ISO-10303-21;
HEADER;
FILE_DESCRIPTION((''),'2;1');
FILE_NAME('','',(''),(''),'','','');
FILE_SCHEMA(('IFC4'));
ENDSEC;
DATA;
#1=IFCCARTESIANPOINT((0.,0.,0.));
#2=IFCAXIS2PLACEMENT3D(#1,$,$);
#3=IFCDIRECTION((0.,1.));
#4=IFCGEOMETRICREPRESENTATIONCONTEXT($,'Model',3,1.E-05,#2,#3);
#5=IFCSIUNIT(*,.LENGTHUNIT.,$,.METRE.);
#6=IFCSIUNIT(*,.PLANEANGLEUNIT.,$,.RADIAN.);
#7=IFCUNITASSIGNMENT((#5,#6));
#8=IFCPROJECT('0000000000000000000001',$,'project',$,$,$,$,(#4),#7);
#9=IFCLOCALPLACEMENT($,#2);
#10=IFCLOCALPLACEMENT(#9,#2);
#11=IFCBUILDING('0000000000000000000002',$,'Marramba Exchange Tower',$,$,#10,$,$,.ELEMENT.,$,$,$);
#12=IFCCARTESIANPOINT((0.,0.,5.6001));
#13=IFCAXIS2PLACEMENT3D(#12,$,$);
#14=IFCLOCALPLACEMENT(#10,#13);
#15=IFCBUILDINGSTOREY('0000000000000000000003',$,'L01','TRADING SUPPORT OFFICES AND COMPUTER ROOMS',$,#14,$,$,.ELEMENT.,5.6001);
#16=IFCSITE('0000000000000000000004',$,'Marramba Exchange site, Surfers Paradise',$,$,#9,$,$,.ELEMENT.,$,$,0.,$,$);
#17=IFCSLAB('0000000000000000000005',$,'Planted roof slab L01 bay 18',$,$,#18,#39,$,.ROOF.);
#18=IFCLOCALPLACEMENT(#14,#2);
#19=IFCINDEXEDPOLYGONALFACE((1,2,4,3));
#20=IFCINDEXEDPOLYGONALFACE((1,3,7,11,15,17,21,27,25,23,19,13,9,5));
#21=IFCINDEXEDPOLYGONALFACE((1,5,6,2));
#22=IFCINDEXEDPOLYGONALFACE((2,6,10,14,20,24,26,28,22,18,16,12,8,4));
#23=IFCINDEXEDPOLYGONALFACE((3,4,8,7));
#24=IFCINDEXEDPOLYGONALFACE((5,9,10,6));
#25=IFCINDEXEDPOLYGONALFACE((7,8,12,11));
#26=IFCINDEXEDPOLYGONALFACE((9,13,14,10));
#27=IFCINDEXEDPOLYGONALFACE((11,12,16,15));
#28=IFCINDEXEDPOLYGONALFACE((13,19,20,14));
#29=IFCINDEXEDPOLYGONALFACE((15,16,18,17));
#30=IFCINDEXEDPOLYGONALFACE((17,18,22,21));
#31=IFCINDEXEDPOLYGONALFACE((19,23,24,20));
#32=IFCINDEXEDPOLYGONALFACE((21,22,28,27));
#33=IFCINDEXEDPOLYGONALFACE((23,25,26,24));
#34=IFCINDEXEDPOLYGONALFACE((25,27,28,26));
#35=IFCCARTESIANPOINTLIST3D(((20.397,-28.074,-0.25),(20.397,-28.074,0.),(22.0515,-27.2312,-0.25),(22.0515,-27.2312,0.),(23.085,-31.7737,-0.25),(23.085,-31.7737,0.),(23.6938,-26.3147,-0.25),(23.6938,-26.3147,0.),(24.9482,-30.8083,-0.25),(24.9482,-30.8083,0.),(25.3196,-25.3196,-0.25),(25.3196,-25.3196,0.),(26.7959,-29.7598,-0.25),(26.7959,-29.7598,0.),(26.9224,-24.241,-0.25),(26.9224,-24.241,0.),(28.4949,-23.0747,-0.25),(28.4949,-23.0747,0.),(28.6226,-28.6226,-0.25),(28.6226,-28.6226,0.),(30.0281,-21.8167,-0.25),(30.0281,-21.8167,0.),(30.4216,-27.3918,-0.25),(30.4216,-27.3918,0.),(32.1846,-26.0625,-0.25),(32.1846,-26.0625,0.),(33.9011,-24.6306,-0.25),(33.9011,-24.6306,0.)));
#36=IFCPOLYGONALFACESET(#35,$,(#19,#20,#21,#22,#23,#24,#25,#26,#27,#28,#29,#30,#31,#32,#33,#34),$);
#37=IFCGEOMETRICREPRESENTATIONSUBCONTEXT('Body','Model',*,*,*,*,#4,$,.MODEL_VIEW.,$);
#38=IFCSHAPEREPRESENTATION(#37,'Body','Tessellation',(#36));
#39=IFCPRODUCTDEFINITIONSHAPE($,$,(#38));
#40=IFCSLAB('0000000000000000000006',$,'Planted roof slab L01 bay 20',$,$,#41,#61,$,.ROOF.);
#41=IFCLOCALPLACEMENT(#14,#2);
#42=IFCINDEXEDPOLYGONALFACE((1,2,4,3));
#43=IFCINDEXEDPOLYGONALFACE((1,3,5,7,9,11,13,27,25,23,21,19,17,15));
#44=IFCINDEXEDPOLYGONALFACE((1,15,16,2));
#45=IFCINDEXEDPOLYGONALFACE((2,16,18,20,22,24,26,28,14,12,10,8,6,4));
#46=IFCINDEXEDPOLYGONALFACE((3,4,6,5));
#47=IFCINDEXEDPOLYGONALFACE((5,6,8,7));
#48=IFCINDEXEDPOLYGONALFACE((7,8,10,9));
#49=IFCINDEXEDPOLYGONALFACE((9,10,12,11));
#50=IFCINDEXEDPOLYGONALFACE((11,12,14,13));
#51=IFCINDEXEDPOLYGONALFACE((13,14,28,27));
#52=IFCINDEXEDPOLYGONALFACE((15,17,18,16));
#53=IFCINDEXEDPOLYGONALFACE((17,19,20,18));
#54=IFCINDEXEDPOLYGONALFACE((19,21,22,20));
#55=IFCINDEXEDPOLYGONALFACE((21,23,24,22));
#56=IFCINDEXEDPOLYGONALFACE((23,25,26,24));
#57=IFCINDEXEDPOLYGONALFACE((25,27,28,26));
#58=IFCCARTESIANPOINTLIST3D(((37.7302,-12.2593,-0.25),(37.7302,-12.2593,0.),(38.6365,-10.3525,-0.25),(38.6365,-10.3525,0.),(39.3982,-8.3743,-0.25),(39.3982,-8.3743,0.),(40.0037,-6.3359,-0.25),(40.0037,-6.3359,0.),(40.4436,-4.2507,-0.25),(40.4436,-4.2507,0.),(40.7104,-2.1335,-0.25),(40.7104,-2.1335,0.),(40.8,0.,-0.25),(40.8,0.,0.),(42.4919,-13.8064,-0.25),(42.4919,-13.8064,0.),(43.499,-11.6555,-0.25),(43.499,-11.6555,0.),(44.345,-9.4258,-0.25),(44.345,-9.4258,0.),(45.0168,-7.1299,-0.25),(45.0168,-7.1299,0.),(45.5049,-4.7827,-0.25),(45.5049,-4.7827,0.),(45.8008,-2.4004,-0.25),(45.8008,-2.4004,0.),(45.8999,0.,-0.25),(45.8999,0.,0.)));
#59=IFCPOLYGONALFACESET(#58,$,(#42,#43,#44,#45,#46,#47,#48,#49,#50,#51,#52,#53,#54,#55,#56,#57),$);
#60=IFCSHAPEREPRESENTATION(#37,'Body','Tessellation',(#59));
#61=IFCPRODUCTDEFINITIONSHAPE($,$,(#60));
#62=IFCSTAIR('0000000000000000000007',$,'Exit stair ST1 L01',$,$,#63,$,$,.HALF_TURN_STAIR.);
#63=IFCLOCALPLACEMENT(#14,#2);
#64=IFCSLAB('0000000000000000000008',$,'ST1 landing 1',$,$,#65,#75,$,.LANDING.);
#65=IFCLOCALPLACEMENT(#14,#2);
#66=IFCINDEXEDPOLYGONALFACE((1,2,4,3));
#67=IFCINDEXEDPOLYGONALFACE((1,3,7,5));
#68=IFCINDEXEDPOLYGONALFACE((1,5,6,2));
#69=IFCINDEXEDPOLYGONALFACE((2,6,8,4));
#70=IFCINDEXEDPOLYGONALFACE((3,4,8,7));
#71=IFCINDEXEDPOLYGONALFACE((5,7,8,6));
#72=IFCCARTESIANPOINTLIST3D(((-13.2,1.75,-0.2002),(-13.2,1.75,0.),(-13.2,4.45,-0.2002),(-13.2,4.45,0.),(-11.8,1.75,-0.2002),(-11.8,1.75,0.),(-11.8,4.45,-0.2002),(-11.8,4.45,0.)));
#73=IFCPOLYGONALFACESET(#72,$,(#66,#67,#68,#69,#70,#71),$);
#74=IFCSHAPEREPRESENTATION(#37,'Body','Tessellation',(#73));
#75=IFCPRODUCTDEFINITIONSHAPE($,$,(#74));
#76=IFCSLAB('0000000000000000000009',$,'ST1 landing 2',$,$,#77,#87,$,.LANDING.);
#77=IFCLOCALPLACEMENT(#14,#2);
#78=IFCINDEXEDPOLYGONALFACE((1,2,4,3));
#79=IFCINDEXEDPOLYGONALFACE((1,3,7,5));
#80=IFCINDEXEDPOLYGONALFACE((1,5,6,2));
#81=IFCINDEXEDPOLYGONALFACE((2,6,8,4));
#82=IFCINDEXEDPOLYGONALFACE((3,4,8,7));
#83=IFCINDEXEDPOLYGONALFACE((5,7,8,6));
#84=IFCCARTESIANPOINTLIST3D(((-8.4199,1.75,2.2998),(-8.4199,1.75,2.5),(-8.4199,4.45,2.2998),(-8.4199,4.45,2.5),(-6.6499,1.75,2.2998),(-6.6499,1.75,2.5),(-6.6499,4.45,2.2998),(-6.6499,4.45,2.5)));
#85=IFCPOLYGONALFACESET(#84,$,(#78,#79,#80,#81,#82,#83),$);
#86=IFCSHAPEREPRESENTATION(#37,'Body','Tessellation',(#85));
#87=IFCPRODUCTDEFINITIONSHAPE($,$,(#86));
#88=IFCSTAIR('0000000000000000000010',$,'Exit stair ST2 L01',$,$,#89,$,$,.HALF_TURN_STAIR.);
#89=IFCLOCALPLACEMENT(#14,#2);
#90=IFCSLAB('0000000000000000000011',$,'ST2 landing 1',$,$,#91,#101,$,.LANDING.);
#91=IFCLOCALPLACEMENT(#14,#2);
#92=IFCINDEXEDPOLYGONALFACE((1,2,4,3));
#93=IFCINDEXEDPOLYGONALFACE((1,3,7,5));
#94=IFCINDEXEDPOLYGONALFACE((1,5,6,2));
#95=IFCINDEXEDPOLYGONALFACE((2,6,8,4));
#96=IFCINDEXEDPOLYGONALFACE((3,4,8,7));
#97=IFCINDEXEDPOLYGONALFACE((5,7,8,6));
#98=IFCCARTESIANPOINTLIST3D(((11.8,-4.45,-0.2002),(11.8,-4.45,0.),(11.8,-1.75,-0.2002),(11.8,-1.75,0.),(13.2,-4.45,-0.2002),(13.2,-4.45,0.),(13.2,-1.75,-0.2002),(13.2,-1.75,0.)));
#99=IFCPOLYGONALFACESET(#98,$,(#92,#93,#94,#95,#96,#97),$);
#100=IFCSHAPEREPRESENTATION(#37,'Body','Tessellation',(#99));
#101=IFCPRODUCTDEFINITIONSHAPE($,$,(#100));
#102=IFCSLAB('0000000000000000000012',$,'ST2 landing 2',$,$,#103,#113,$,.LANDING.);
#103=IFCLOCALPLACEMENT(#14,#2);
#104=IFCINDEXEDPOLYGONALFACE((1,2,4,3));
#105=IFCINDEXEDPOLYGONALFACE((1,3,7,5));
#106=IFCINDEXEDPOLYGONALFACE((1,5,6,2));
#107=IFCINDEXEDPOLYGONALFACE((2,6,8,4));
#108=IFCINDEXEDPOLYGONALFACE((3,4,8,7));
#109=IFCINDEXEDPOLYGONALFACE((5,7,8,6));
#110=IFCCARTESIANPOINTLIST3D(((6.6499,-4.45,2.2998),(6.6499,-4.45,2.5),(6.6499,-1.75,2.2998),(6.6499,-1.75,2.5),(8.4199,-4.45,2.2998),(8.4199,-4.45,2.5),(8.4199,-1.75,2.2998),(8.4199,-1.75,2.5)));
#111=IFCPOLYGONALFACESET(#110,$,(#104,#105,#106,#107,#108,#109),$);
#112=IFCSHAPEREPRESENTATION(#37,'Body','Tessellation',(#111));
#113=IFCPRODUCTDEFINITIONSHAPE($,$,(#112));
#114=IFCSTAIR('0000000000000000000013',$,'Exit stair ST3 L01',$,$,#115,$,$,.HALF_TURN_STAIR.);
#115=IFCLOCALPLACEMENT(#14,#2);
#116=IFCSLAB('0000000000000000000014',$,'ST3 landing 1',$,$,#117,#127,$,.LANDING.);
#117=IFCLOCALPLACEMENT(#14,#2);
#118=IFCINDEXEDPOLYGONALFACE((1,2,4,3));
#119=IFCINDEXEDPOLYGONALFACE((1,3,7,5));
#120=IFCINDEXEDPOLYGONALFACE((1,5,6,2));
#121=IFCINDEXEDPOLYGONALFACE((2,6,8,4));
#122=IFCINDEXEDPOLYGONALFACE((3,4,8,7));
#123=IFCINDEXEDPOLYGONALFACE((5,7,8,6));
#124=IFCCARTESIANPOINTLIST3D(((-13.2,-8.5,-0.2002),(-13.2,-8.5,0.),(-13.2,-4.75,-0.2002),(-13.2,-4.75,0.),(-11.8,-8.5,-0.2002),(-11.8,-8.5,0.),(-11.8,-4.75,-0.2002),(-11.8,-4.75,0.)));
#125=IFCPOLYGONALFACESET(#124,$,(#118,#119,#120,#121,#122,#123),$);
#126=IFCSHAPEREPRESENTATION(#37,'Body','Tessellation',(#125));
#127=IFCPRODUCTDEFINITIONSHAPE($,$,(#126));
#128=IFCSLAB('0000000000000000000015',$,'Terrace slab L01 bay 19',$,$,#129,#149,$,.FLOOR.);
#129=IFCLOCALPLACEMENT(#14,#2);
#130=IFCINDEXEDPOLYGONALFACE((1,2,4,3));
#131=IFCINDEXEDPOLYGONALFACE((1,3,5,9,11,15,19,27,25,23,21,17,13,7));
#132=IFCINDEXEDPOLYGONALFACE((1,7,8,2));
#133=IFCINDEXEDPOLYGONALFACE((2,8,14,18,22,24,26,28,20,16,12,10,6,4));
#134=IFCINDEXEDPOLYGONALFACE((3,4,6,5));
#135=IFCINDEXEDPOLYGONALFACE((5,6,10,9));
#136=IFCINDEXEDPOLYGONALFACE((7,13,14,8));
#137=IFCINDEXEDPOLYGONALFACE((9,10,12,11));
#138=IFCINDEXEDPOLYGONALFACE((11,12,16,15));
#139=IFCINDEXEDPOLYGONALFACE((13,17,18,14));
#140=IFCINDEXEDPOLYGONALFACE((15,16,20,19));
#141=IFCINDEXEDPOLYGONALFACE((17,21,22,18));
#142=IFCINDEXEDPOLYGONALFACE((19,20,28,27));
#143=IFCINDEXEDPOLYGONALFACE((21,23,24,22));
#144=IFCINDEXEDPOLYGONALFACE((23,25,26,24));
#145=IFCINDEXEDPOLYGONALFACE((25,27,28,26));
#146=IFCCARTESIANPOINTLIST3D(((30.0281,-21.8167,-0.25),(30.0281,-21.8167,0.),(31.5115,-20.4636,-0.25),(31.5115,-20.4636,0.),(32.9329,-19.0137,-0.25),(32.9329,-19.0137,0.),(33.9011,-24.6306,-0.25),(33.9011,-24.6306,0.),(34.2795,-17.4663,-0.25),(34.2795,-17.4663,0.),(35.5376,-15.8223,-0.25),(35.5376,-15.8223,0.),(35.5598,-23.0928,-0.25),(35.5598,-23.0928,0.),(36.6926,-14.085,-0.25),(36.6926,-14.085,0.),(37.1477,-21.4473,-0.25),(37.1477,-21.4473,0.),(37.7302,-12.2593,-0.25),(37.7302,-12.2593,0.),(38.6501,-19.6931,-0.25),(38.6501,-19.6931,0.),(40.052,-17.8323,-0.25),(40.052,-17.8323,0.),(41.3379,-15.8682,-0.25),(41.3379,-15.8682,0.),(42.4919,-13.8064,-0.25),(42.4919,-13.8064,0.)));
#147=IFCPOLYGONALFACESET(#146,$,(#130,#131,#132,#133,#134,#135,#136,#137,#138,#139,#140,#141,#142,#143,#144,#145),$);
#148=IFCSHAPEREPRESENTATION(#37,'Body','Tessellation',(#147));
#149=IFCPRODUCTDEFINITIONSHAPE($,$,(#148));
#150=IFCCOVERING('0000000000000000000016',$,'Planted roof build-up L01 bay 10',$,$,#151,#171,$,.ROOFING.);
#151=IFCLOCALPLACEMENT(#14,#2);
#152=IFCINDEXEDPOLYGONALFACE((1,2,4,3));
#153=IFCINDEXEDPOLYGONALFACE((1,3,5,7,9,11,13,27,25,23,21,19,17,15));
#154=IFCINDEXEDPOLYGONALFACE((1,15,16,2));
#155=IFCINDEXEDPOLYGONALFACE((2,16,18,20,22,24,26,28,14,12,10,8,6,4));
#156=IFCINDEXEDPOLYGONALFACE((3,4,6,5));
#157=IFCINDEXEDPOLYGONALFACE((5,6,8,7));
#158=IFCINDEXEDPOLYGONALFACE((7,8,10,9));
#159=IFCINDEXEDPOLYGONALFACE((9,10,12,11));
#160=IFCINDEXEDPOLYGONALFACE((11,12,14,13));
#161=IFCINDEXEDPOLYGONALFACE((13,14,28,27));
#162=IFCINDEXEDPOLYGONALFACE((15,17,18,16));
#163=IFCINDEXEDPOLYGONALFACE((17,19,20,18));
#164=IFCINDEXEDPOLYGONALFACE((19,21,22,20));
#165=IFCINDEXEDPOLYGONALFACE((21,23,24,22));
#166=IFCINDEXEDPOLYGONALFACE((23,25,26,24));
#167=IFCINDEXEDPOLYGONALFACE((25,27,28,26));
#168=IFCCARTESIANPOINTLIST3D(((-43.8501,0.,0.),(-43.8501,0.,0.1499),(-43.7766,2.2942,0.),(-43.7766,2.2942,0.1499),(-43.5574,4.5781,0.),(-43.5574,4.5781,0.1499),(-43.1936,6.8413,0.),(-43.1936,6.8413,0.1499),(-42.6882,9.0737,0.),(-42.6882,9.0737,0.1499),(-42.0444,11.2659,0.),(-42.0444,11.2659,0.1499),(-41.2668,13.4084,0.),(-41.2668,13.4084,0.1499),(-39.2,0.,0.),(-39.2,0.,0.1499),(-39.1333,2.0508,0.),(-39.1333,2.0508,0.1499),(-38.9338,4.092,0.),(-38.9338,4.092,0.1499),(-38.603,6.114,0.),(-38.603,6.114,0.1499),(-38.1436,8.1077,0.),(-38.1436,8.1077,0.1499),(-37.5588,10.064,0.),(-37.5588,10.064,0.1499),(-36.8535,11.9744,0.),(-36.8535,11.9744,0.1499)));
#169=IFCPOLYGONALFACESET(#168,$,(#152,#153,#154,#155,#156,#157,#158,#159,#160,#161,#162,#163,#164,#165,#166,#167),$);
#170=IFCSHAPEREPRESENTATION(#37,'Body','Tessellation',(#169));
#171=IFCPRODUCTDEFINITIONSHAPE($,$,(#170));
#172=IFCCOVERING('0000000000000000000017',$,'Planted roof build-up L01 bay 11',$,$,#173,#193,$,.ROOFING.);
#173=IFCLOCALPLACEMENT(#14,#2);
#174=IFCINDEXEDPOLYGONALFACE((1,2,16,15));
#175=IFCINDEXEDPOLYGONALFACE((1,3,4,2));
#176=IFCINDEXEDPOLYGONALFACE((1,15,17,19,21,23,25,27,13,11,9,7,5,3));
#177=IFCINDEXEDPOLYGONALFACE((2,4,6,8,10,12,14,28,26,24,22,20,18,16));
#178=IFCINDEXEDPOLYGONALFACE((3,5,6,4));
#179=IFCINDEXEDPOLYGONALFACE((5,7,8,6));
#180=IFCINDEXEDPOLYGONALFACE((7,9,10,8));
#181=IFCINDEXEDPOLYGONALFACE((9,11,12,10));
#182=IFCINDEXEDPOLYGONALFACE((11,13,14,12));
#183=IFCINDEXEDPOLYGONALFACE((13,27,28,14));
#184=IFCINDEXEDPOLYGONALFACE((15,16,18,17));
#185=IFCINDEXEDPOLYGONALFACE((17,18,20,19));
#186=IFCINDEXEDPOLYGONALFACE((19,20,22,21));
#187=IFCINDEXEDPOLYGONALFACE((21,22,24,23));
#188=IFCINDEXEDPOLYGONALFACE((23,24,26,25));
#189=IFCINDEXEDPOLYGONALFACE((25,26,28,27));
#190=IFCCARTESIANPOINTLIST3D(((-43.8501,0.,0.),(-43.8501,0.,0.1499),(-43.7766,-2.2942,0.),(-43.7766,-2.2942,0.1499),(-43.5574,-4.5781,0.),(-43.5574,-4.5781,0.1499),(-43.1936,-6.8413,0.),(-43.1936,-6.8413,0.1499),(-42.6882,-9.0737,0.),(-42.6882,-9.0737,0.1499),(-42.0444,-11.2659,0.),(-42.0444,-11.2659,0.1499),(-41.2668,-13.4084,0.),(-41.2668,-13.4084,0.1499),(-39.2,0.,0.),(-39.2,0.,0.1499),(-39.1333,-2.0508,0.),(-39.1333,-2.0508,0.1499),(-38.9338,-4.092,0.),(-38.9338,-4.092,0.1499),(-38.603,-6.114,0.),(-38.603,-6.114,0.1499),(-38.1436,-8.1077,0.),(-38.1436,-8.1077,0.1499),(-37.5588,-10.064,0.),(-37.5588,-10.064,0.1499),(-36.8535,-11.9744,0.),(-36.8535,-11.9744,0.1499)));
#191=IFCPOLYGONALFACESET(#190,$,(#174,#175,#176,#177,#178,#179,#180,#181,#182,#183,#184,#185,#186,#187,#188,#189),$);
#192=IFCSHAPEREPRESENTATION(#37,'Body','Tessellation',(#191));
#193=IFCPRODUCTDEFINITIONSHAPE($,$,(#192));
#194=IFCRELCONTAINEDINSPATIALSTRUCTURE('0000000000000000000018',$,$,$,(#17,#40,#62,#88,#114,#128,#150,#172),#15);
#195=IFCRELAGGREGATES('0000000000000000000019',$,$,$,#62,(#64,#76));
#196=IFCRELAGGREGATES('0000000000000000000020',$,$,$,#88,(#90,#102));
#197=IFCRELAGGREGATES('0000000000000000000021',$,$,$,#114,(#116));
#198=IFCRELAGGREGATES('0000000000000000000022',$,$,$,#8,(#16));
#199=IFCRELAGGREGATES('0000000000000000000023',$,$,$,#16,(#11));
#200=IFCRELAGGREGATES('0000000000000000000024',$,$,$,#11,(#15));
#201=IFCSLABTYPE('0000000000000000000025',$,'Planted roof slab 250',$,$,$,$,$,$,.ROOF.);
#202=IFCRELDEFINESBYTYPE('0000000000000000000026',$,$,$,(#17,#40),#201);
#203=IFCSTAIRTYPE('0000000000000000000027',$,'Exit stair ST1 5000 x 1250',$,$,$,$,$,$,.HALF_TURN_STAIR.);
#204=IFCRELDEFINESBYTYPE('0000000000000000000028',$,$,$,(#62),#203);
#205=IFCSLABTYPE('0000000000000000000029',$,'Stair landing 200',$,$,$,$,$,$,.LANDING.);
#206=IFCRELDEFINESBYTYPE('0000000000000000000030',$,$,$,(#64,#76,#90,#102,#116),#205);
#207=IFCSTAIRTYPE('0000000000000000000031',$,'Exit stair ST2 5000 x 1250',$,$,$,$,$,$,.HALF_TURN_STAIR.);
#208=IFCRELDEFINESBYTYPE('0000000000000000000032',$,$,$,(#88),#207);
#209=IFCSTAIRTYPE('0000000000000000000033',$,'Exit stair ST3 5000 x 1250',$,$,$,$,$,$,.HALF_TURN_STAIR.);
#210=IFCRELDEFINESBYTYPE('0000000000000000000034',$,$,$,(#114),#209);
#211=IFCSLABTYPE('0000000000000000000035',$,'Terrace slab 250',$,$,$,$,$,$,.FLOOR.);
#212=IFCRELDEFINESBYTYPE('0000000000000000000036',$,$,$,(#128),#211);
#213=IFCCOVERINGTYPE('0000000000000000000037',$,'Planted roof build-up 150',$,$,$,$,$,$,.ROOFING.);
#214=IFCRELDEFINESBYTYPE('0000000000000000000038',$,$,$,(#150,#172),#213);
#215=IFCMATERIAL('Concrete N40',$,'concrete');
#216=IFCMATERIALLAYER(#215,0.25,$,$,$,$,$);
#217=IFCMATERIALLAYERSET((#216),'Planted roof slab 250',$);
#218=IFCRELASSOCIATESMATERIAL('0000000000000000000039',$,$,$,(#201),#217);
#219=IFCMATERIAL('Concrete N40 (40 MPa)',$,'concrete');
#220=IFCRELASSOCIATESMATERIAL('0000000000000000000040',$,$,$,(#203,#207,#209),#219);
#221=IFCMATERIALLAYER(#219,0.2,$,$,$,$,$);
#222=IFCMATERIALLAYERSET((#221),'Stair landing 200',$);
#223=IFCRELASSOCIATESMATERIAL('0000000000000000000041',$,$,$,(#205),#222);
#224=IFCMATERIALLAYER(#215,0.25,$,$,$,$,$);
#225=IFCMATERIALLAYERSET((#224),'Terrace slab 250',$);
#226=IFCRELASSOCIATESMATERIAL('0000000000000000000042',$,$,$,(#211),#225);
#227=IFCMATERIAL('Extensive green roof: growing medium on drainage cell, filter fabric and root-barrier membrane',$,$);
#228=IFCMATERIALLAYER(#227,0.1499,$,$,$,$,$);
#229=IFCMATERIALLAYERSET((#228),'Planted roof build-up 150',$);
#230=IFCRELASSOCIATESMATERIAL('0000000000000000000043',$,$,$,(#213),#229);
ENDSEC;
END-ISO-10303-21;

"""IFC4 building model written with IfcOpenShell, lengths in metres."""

from ifc_helpers import new_model, si_unit, direction, frame, origin, place, context, subcontext, project, spatial, polyline, outline, extrude, material, layer, layer_set, type_object, element, aggregate, save


model = new_model("IFC4")

# Units and contexts
model_context = context("Model", 3, precision=1e-05, world=origin(), true_north=direction((0.0, 1.0)))
body_context = subcontext(model_context, "Body", "Model", "MODEL_VIEW")
ifc_project = project(units=[si_unit("LENGTHUNIT", "METRE"), si_unit("PLANEANGLEUNIT", "RADIAN")], contexts=[model_context])

# Site, building, storey
site_placement = place(None, origin())
site = spatial("IfcSite", under=ifc_project, at=site_placement, Name="Marramba Exchange site, Surfers Paradise", CompositionType="ELEMENT", RefElevation=0.0)
building_placement = place(site_placement, origin())
building = spatial("IfcBuilding", under=site, at=building_placement, Name="Marramba Exchange Tower", CompositionType="ELEMENT")
storey_placement = place(building_placement, frame((0.0, 0.0, 5.6001)))
storey = spatial("IfcBuildingStorey", under=building, at=storey_placement, Name="L01", Description="TRADING SUPPORT OFFICES AND COMPUTER ROOMS", CompositionType="ELEMENT", Elevation=5.6001)

# Slabs
ifc_material_1 = material(Name="Concrete N40", Category="concrete")
ifc_layer_1 = layer(ifc_material_1, 0.25)
ifc_layer_set_1 = layer_set([ifc_layer_1], Name="Planted roof slab 250")
slab_type_1 = type_object("IfcSlabType", Name="Planted roof slab 250", PredefinedType="ROOF", material=ifc_layer_set_1)
slab_1_placement = place(storey_placement, frame((0.0, 0.0, -0.25)))
element("IfcSlab", 1, at=slab_1_placement, inside=storey, type_object=slab_type_1, Name="Planted roof slab L01 bay 18", PredefinedType="ROOF", context=body_context, shape_type="SweptSolid", body=[
    extrude(outline(polyline([(32.1846, -26.0625), (30.4216, -27.3918), (28.6226, -28.6226), (26.7959, -29.7598), (24.9482, -30.8083), (23.085, -31.7737), (20.397, -28.074), (22.0515, -27.2312), (23.6938, -26.3147), (25.3196, -25.3196), (26.9224, -24.241), (28.4949, -23.0747), (30.0281, -21.8167), (33.9011, -24.6306), (32.1846, -26.0625)])), origin(), (0.0, 0.0, 1.0), 0.25),
])
slab_2_placement = place(storey_placement, frame((0.0, 0.0, -0.25)))
element("IfcSlab", 2, at=slab_2_placement, inside=storey, type_object=slab_type_1, Name="Planted roof slab L01 bay 20", PredefinedType="ROOF", context=body_context, shape_type="SweptSolid", body=[
    extrude(outline(polyline([(45.8008, -2.4004), (45.5049, -4.7827), (45.0168, -7.1299), (44.345, -9.4258), (43.499, -11.6555), (42.4919, -13.8064), (37.7302, -12.2593), (38.6365, -10.3525), (39.3982, -8.3743), (40.0037, -6.3359), (40.4436, -4.2507), (40.7104, -2.1335), (40.8, 0.0), (45.8999, 0.0), (45.8008, -2.4004)])), origin(), (0.0, 0.0, 1.0), 0.25),
])

# Stairs, slabs
ifc_material_2 = material(Name="Concrete N40 (40 MPa)", Category="concrete")
stair_type_1 = type_object("IfcStairType", Name="Exit stair ST1 5000 x 1250", PredefinedType="HALF_TURN_STAIR", material=ifc_material_2)
stair_1_placement = place(storey_placement, origin())
stair_1 = element("IfcStair", 3, at=stair_1_placement, inside=storey, type_object=stair_type_1, Name="Exit stair ST1 L01", PredefinedType="HALF_TURN_STAIR")
ifc_layer_2 = layer(ifc_material_2, 0.2)
ifc_layer_set_2 = layer_set([ifc_layer_2], Name="Stair landing 200")
slab_type_2 = type_object("IfcSlabType", Name="Stair landing 200", PredefinedType="LANDING", material=ifc_layer_set_2)
slab_3_placement = place(storey_placement, frame((0.0, 0.0, -0.2002)))
slab_3 = element("IfcSlab", 4, at=slab_3_placement, type_object=slab_type_2, Name="ST1 landing 1", PredefinedType="LANDING", context=body_context, shape_type="SweptSolid", body=[
    extrude(outline(polyline([(-13.2, 1.75), (-11.8, 1.75), (-11.8, 4.45), (-13.2, 4.45), (-13.2, 1.75)])), origin(), (0.0, 0.0, 1.0), 0.2002),
])
slab_4_placement = place(storey_placement, frame((0.0, 0.0, 2.2998)))
slab_4 = element("IfcSlab", 5, at=slab_4_placement, type_object=slab_type_2, Name="ST1 landing 2", PredefinedType="LANDING", context=body_context, shape_type="SweptSolid", body=[
    extrude(outline(polyline([(-8.4199, 1.75), (-6.6499, 1.75), (-6.6499, 4.45), (-8.4199, 4.45), (-8.4199, 1.75)])), origin(), (0.0, 0.0, 1.0), 0.2002),
])
aggregate(stair_1, [slab_3, slab_4])
stair_type_2 = type_object("IfcStairType", Name="Exit stair ST2 5000 x 1250", PredefinedType="HALF_TURN_STAIR", material=ifc_material_2)
stair_2_placement = place(storey_placement, origin())
stair_2 = element("IfcStair", 6, at=stair_2_placement, inside=storey, type_object=stair_type_2, Name="Exit stair ST2 L01", PredefinedType="HALF_TURN_STAIR")
slab_5_placement = place(storey_placement, frame((0.0, 0.0, -0.2002)))
slab_5 = element("IfcSlab", 7, at=slab_5_placement, type_object=slab_type_2, Name="ST2 landing 1", PredefinedType="LANDING", context=body_context, shape_type="SweptSolid", body=[
    extrude(outline(polyline([(11.8, -4.45), (13.2, -4.45), (13.2, -1.75), (11.8, -1.75), (11.8, -4.45)])), origin(), (0.0, 0.0, 1.0), 0.2002),
])
slab_6_placement = place(storey_placement, frame((0.0, 0.0, 2.2998)))
slab_6 = element("IfcSlab", 8, at=slab_6_placement, type_object=slab_type_2, Name="ST2 landing 2", PredefinedType="LANDING", context=body_context, shape_type="SweptSolid", body=[
    extrude(outline(polyline([(6.6499, -4.45), (8.4199, -4.45), (8.4199, -1.75), (6.6499, -1.75), (6.6499, -4.45)])), origin(), (0.0, 0.0, 1.0), 0.2002),
])
aggregate(stair_2, [slab_5, slab_6])

# Stair, slab
stair_type_3 = type_object("IfcStairType", Name="Exit stair ST3 5000 x 1250", PredefinedType="HALF_TURN_STAIR", material=ifc_material_2)
stair_3_placement = place(storey_placement, origin())
stair_3 = element("IfcStair", 9, at=stair_3_placement, inside=storey, type_object=stair_type_3, Name="Exit stair ST3 L01", PredefinedType="HALF_TURN_STAIR")
slab_7_placement = place(storey_placement, frame((0.0, 0.0, -0.2002)))
slab_7 = element("IfcSlab", 10, at=slab_7_placement, type_object=slab_type_2, Name="ST3 landing 1", PredefinedType="LANDING", context=body_context, shape_type="SweptSolid", body=[
    extrude(outline(polyline([(-13.2, -8.5), (-11.8, -8.5), (-11.8, -4.75), (-13.2, -4.75), (-13.2, -8.5)])), origin(), (0.0, 0.0, 1.0), 0.2002),
])
aggregate(stair_3, [slab_7])

# Slab
ifc_layer_3 = layer(ifc_material_1, 0.25)
ifc_layer_set_3 = layer_set([ifc_layer_3], Name="Terrace slab 250")
slab_type_3 = type_object("IfcSlabType", Name="Terrace slab 250", PredefinedType="FLOOR", material=ifc_layer_set_3)
slab_8_placement = place(storey_placement, frame((0.0, 0.0, -0.25)))
element("IfcSlab", 11, at=slab_8_placement, inside=storey, type_object=slab_type_3, Name="Terrace slab L01 bay 19", PredefinedType="FLOOR", context=body_context, shape_type="SweptSolid", body=[
    extrude(outline(polyline([(42.4919, -13.8064), (41.3379, -15.8682), (40.052, -17.8323), (38.6501, -19.6931), (37.1477, -21.4473), (35.5598, -23.0928), (33.9011, -24.6306), (30.0281, -21.8167), (31.5115, -20.4636), (32.9329, -19.0137), (34.2795, -17.4663), (35.5376, -15.8223), (36.6926, -14.085), (37.7302, -12.2593), (42.4919, -13.8064)])), origin(), (0.0, 0.0, 1.0), 0.25),
])

# Coverings
ifc_material_3 = material(Name="Extensive green roof: growing medium on drainage cell, filter fabric and root-barrier membrane")
ifc_layer_4 = layer(ifc_material_3, 0.1499)
ifc_layer_set_4 = layer_set([ifc_layer_4], Name="Planted roof build-up 150")
covering_type = type_object("IfcCoveringType", Name="Planted roof build-up 150", PredefinedType="ROOFING", material=ifc_layer_set_4)
covering_1_placement = place(storey_placement, origin())
element("IfcCovering", 12, at=covering_1_placement, inside=storey, type_object=covering_type, Name="Planted roof build-up L01 bay 10", PredefinedType="ROOFING", context=body_context, shape_type="SweptSolid", body=[
    extrude(outline(polyline([(-36.8535, 11.9744), (-37.5588, 10.064), (-38.1436, 8.1077), (-38.603, 6.114), (-38.9338, 4.092), (-39.1333, 2.0508), (-39.2, 0.0), (-43.8501, 0.0), (-43.7766, 2.2942), (-43.5574, 4.5781), (-43.1936, 6.8413), (-42.6882, 9.0737), (-42.0444, 11.2659), (-41.2668, 13.4084), (-36.8535, 11.9744)])), origin(), (0.0, 0.0, 1.0), 0.1499),
])
covering_2_placement = place(storey_placement, origin())
element("IfcCovering", 13, at=covering_2_placement, inside=storey, type_object=covering_type, Name="Planted roof build-up L01 bay 11", PredefinedType="ROOFING", context=body_context, shape_type="SweptSolid", body=[
    extrude(outline(polyline([(-39.2, 0.0), (-39.1333, -2.0508), (-38.9338, -4.092), (-38.603, -6.114), (-38.1436, -8.1077), (-37.5588, -10.064), (-36.8535, -11.9744), (-41.2668, -13.4084), (-42.0444, -11.2659), (-42.6882, -9.0737), (-43.1936, -6.8413), (-43.5574, -4.5781), (-43.7766, -2.2942), (-43.8501, 0.0), (-39.2, 0.0)])), origin(), (0.0, 0.0, 1.0), 0.1499),
])

save(model, "model.ifc")
